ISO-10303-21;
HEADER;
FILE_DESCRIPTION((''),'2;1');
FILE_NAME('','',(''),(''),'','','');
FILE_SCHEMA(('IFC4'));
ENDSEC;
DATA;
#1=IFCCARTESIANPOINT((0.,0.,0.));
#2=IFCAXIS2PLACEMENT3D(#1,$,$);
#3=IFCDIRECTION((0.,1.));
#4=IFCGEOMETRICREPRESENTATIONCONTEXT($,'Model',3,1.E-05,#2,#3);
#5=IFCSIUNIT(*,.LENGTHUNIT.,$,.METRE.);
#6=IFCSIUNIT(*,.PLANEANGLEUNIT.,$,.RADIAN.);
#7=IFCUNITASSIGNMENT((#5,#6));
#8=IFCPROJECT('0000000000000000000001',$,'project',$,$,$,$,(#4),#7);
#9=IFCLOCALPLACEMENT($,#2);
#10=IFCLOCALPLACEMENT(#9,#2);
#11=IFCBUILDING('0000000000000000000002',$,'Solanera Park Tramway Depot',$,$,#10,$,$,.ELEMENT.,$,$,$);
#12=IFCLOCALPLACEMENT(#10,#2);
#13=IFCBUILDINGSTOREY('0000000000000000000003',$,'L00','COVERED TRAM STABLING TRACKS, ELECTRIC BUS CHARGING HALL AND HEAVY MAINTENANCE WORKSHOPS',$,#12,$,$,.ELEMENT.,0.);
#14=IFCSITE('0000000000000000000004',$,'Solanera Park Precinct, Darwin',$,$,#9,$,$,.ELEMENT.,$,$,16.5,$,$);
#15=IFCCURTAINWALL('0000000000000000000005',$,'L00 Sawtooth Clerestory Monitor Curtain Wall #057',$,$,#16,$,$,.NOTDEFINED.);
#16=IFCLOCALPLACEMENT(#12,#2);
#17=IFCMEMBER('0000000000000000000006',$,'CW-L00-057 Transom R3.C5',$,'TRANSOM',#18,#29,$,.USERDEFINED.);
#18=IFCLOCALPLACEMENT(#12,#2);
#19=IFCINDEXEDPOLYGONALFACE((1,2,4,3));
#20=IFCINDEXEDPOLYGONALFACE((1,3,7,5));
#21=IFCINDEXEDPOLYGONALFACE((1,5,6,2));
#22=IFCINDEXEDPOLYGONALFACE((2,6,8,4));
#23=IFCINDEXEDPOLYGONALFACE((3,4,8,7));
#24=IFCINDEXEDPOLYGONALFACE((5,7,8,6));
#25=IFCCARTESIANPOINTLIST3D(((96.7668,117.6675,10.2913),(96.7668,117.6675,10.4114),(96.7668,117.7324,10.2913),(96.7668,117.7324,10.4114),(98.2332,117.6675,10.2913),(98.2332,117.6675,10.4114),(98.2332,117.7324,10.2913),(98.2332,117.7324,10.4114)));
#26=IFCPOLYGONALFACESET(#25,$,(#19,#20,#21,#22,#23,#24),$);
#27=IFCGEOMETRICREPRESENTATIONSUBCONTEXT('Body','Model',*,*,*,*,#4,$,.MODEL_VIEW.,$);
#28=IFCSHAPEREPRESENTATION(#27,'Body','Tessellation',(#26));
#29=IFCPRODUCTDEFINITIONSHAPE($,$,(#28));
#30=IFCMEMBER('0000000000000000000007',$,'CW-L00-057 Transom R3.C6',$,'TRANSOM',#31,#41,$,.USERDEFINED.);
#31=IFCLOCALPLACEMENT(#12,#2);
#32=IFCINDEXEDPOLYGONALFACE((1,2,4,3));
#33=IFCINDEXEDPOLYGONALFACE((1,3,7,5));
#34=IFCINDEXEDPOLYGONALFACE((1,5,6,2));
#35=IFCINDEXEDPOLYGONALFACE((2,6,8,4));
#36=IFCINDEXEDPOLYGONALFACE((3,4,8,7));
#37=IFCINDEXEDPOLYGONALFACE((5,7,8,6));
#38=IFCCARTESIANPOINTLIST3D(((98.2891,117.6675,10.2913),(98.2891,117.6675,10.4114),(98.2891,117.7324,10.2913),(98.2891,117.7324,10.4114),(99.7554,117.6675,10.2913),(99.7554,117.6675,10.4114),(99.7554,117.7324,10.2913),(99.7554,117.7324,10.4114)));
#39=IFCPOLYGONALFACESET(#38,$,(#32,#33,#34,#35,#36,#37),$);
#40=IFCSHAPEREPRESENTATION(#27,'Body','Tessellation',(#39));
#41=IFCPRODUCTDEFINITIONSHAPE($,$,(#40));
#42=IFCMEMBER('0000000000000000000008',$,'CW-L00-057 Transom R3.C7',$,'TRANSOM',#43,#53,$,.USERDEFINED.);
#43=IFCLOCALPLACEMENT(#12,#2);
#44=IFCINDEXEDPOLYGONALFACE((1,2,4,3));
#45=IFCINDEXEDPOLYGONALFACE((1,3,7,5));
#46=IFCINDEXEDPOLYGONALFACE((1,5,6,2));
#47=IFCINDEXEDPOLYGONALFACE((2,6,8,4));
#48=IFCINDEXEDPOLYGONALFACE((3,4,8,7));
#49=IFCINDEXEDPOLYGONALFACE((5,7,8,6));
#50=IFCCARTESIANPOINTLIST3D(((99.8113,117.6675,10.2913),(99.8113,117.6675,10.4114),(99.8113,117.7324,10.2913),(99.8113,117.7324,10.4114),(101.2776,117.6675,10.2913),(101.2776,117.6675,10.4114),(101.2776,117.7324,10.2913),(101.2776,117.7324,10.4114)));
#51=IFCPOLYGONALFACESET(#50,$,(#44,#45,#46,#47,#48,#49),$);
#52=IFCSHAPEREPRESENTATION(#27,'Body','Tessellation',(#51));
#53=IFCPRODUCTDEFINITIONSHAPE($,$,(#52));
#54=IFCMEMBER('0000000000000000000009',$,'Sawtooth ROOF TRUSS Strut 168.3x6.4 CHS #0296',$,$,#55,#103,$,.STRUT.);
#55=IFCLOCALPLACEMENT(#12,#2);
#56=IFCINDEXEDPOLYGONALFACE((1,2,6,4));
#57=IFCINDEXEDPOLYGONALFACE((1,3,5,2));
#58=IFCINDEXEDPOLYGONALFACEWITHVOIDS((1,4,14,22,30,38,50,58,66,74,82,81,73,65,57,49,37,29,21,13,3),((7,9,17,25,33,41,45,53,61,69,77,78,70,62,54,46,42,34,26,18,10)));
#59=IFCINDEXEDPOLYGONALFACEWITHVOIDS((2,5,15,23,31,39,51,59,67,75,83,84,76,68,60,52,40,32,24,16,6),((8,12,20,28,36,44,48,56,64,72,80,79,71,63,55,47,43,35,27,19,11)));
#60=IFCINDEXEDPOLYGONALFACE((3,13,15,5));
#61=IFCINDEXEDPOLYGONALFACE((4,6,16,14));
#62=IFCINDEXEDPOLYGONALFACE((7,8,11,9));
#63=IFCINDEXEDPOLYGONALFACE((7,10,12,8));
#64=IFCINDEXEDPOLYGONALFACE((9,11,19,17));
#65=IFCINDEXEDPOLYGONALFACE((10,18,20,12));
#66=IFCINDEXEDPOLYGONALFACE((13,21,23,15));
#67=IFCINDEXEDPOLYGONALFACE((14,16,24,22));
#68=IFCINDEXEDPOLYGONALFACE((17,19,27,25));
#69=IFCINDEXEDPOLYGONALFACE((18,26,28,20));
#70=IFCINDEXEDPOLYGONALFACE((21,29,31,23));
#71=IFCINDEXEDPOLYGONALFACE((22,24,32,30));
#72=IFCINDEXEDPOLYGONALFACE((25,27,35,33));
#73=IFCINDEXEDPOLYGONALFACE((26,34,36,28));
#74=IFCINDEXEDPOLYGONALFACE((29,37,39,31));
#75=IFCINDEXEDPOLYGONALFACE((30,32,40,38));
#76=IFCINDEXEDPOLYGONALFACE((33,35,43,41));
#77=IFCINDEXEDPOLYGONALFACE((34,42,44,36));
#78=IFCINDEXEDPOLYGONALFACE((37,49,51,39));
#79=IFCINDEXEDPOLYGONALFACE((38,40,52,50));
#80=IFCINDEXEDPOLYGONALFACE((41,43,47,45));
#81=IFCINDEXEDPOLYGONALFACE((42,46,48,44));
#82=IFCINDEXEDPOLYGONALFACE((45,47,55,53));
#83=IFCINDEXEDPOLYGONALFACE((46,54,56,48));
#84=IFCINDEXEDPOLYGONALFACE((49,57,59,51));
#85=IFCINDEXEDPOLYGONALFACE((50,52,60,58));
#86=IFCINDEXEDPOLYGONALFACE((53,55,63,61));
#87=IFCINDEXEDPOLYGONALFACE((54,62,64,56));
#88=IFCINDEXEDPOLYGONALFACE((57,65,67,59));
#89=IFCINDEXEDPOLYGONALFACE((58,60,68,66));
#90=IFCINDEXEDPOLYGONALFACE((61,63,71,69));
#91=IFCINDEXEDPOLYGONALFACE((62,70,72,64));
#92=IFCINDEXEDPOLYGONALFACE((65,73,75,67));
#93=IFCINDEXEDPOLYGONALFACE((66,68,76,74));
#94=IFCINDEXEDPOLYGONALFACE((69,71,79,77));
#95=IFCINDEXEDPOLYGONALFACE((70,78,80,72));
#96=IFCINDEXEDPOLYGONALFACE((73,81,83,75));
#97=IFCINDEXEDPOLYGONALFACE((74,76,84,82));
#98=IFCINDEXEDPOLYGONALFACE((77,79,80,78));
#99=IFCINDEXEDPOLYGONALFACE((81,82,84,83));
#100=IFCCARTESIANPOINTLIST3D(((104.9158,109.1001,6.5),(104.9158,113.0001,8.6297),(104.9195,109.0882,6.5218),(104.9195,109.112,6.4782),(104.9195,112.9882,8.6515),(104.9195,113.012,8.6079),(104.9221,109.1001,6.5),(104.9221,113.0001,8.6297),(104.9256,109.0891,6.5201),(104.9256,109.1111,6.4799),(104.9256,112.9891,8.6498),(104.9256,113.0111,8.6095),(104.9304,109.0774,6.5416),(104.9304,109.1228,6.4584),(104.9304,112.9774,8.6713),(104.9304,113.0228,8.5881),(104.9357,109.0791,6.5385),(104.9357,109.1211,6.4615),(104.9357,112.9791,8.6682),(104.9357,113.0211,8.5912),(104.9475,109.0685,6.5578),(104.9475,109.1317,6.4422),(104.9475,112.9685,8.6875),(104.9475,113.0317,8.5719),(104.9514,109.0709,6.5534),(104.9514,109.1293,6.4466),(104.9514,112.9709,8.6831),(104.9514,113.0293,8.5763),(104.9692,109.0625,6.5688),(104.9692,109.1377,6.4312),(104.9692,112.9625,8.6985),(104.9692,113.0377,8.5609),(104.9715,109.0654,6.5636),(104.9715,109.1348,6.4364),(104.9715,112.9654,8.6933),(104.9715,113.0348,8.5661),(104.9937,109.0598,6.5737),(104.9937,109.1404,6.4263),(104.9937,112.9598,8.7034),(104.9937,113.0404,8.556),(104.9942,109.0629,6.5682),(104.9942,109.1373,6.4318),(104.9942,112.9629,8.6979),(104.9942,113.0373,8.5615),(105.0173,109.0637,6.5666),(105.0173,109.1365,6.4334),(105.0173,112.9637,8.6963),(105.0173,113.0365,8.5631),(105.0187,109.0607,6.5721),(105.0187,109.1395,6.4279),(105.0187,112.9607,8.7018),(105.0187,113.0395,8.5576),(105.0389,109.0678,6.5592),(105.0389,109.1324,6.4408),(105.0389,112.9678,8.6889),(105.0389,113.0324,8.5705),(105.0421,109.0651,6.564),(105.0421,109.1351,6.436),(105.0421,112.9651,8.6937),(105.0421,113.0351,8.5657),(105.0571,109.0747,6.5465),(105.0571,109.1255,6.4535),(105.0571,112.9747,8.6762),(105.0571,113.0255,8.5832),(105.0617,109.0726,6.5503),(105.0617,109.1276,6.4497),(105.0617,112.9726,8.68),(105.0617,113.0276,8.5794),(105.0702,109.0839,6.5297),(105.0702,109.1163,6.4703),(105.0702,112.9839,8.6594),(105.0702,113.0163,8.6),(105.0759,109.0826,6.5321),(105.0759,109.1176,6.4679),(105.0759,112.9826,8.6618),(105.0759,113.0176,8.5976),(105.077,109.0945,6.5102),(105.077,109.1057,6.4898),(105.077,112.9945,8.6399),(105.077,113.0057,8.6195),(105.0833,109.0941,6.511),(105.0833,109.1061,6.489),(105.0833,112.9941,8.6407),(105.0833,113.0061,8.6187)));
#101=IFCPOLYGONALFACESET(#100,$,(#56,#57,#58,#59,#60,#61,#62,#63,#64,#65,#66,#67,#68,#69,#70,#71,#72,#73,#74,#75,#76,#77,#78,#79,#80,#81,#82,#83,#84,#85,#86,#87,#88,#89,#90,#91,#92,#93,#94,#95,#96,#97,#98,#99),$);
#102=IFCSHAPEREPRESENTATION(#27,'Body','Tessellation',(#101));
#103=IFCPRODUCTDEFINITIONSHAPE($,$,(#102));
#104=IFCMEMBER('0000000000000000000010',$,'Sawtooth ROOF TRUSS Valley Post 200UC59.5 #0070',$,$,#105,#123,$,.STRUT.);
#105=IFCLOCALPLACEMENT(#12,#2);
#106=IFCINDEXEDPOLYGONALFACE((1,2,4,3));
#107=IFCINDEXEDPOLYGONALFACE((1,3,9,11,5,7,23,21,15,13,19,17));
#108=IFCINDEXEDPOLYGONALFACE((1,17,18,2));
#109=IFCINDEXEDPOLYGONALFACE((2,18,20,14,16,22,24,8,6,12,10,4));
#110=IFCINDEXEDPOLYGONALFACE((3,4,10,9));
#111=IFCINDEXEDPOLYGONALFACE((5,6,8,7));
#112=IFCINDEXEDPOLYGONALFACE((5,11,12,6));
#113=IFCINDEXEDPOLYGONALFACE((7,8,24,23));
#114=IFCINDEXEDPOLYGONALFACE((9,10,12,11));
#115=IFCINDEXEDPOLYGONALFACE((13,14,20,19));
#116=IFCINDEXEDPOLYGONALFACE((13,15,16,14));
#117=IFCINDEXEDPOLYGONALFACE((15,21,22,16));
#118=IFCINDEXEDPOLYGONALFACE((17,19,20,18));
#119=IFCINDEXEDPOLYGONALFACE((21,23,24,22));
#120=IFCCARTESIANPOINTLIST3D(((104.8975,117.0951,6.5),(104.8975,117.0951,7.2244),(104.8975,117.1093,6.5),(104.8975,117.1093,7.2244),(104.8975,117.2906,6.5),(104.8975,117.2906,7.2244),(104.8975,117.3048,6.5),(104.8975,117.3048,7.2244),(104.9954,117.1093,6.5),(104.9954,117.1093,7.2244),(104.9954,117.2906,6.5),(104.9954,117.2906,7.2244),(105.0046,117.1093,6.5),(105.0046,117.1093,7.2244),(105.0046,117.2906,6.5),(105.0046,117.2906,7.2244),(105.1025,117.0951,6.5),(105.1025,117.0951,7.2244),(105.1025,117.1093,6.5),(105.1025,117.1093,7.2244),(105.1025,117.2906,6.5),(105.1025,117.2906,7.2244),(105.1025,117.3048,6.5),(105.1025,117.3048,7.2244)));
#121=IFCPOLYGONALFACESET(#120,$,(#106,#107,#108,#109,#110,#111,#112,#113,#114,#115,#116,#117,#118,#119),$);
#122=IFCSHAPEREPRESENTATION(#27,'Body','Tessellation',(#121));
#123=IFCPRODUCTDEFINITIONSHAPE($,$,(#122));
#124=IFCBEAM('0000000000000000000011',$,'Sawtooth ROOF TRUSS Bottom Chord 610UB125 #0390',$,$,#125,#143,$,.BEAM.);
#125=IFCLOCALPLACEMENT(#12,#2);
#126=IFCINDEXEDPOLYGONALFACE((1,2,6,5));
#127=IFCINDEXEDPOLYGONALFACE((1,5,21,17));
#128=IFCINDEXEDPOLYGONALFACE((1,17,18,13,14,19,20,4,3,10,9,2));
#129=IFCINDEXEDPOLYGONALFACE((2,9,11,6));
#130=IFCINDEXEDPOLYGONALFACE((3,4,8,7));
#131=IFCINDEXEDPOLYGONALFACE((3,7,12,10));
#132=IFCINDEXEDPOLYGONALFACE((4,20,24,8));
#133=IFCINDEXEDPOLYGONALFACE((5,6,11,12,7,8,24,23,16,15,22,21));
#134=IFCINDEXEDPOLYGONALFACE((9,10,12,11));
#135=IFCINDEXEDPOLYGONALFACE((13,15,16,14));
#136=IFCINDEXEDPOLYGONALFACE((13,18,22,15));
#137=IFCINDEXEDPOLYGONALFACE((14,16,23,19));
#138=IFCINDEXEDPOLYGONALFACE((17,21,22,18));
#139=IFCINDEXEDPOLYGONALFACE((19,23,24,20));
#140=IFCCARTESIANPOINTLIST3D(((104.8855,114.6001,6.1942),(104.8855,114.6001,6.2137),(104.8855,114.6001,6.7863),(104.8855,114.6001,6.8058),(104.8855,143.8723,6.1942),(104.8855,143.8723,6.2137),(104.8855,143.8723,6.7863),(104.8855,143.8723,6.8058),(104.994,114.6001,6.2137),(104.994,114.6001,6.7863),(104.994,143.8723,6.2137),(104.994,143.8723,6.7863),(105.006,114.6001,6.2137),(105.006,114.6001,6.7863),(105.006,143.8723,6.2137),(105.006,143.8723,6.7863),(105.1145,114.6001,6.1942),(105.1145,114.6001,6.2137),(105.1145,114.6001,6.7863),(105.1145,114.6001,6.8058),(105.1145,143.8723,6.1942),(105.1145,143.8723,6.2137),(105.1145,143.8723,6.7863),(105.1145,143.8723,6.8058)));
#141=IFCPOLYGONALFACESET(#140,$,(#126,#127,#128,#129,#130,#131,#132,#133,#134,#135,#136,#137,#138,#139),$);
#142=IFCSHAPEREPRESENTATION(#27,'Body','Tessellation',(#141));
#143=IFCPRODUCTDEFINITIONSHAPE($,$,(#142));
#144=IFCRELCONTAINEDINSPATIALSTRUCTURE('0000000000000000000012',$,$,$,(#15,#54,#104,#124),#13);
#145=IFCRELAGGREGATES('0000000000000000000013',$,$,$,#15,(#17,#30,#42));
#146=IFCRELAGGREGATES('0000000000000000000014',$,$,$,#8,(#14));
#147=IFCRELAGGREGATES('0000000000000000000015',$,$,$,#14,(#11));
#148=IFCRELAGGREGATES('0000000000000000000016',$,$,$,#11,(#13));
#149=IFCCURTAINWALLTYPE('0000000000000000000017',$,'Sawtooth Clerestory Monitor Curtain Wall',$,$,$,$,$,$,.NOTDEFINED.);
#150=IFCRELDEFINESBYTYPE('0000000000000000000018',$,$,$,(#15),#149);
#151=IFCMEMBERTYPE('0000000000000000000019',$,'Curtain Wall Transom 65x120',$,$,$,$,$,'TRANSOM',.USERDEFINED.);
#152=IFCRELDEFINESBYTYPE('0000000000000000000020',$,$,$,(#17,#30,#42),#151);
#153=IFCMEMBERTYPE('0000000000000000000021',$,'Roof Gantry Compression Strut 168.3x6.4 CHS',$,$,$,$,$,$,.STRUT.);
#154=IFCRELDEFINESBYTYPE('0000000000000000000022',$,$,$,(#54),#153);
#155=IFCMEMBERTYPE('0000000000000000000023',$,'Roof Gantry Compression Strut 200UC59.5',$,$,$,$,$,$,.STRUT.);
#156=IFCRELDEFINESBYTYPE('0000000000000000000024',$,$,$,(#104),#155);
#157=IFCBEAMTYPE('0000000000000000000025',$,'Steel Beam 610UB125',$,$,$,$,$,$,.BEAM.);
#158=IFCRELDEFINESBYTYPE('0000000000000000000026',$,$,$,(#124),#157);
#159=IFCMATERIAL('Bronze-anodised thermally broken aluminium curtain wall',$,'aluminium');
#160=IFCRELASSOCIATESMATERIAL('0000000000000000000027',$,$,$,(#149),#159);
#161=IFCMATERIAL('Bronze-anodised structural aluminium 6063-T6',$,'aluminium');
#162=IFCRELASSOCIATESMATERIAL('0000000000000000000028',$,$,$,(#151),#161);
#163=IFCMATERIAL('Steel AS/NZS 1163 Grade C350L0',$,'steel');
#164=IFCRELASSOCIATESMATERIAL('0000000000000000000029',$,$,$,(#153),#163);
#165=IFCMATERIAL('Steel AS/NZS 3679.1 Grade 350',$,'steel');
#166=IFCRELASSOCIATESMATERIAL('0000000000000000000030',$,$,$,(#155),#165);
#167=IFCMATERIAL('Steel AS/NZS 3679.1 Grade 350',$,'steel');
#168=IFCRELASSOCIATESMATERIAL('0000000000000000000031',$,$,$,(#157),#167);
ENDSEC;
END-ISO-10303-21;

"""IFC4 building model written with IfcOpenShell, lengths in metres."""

from ifc_helpers import new_model, si_unit, direction, frame, origin, origin_2d, place, context, subcontext, project, spatial, rectangle, hollow_circle, i_section, extrude, material, material_profile, profile_set, type_object, element, aggregate, save


model = new_model("IFC4")

# Units and contexts
model_context = context("Model", 3, precision=1e-05, world=origin(), true_north=direction((0.0, 1.0)))
body_context = subcontext(model_context, "Body", "Model", "MODEL_VIEW")
ifc_project = project(units=[si_unit("LENGTHUNIT", "METRE"), si_unit("PLANEANGLEUNIT", "RADIAN")], contexts=[model_context])

# Site, building, storey
site_placement = place(None, origin())
site = spatial("IfcSite", under=ifc_project, at=site_placement, Name="Solanera Park Precinct, Darwin", CompositionType="ELEMENT", RefElevation=16.5)
building_placement = place(site_placement, origin())
building = spatial("IfcBuilding", under=site, at=building_placement, Name="Solanera Park Tramway Depot", CompositionType="ELEMENT")
storey_placement = place(building_placement, origin())
storey = spatial("IfcBuildingStorey", under=building, at=storey_placement, Name="L00", Description="COVERED TRAM STABLING TRACKS, ELECTRIC BUS CHARGING HALL AND HEAVY MAINTENANCE WORKSHOPS", CompositionType="ELEMENT", Elevation=0.0)

# Curtain wall, members
ifc_material_1 = material(Name="Bronze-anodised thermally broken aluminium curtain wall", Category="aluminium")
curtain_wall_type = type_object("IfcCurtainWallType", Name="Sawtooth Clerestory Monitor Curtain Wall", PredefinedType="NOTDEFINED", material=ifc_material_1)
curtain_wall_placement = place(storey_placement, origin())
curtain_wall = element("IfcCurtainWall", 1, at=curtain_wall_placement, inside=storey, type_object=curtain_wall_type, Name="L00 Sawtooth Clerestory Monitor Curtain Wall #057", PredefinedType="NOTDEFINED")
ifc_material_2 = material(Name="Bronze-anodised structural aluminium 6063-T6", Category="aluminium")
ifc_material_profile_1 = material_profile(ifc_material_2, rectangle(XDim=0.0649, YDim=0.1201, at=origin_2d()), Name="Curtain Wall Transom 65x120")
ifc_profile_set_1 = profile_set([ifc_material_profile_1], Name="Bronze-anodised structural aluminium 6063-T6")
member_type_1 = type_object("IfcMemberType", Name="Curtain Wall Transom 65x120", ElementType="TRANSOM", PredefinedType="USERDEFINED", material=ifc_profile_set_1)
member_1_placement = place(storey_placement, frame((96.7668, 117.7, 10.3513), z_axis=(1.0, 0.0, 0.0), x_axis=(0.0, 1.0, 0.0)))
member_1 = element("IfcMember", 2, at=member_1_placement, type_object=member_type_1, Name="CW-L00-057 Transom R3.C5", ObjectType="TRANSOM", PredefinedType="USERDEFINED", context=body_context, shape_type="SweptSolid", body=[
    extrude(rectangle(XDim=0.0649, YDim=0.1201, at=origin_2d()), origin(), (0.0, 0.0, 1.0), 1.4663),
])
member_2_placement = place(storey_placement, frame((98.2891, 117.7, 10.3513), z_axis=(1.0, 0.0, 0.0), x_axis=(0.0, 1.0, 0.0)))
member_2 = element("IfcMember", 3, at=member_2_placement, type_object=member_type_1, Name="CW-L00-057 Transom R3.C6", ObjectType="TRANSOM", PredefinedType="USERDEFINED", context=body_context, shape_type="SweptSolid", body=[
    extrude(rectangle(XDim=0.0649, YDim=0.1201, at=origin_2d()), origin(), (0.0, 0.0, 1.0), 1.4663),
])
member_3_placement = place(storey_placement, frame((99.8113, 117.7, 10.3513), z_axis=(1.0, 0.0, 0.0), x_axis=(0.0, 1.0, 0.0)))
member_3 = element("IfcMember", 4, at=member_3_placement, type_object=member_type_1, Name="CW-L00-057 Transom R3.C7", ObjectType="TRANSOM", PredefinedType="USERDEFINED", context=body_context, shape_type="SweptSolid", body=[
    extrude(rectangle(XDim=0.0649, YDim=0.1201, at=origin_2d()), origin(), (0.0, 0.0, 1.0), 1.4663),
])

# Members
ifc_material_3 = material(Name="Steel AS/NZS 1163 Grade C350L0", Category="steel")
ifc_material_profile_2 = material_profile(ifc_material_3, hollow_circle(Radius=0.0842, WallThickness=0.0063, at=origin_2d()), Name="168.3x6.4 CHS")
ifc_profile_set_2 = profile_set([ifc_material_profile_2], Name="Steel AS/NZS 1163 Grade C350L0")
member_type_2 = type_object("IfcMemberType", Name="Roof Gantry Compression Strut 168.3x6.4 CHS", PredefinedType="STRUT", material=ifc_profile_set_2)
member_4_placement = place(storey_placement, frame((105.0, 109.1001, 6.5), z_axis=(0.0, 0.877667, 0.479272), x_axis=(-1.0, 0.0, 0.0)))
element("IfcMember", 5, at=member_4_placement, inside=storey, type_object=member_type_2, Name="Sawtooth ROOF TRUSS Strut 168.3x6.4 CHS #0296", PredefinedType="STRUT", context=body_context, shape_type="SweptSolid", body=[
    extrude(hollow_circle(Radius=0.0842, WallThickness=0.0063, at=origin_2d()), origin(), (0.0, 0.0, 1.0), 4.4436),
])
ifc_material_4 = material(Name="Steel AS/NZS 3679.1 Grade 350", Category="steel")
ifc_material_profile_3 = material_profile(ifc_material_4, i_section(OverallWidth=0.2051, OverallDepth=0.2097, WebThickness=0.0093, FlangeThickness=0.0142, at=origin_2d()), Name="200UC59.5")
ifc_profile_set_3 = profile_set([ifc_material_profile_3], Name="Steel AS/NZS 3679.1 Grade 350")
member_type_3 = type_object("IfcMemberType", Name="Roof Gantry Compression Strut 200UC59.5", PredefinedType="STRUT", material=ifc_profile_set_3)
member_5_placement = place(storey_placement, frame((105.0, 117.2, 6.5), z_axis=(0.0, 0.0, 1.0), x_axis=(1.0, 0.0, 0.0)))
element("IfcMember", 6, at=member_5_placement, inside=storey, type_object=member_type_3, Name="Sawtooth ROOF TRUSS Valley Post 200UC59.5 #0070", PredefinedType="STRUT", context=body_context, shape_type="SweptSolid", body=[
    extrude(i_section(OverallWidth=0.2051, OverallDepth=0.2097, WebThickness=0.0093, FlangeThickness=0.0142, at=origin_2d()), origin(), (0.0, 0.0, 1.0), 0.7244),
])

# Beam
ifc_material_5 = material(Name="Steel AS/NZS 3679.1 Grade 350", Category="steel")
ifc_material_profile_4 = material_profile(ifc_material_5, i_section(OverallWidth=0.229, OverallDepth=0.6116, WebThickness=0.012, FlangeThickness=0.0195, at=origin_2d()), Name="610UB125")
ifc_profile_set_4 = profile_set([ifc_material_profile_4], Name="Steel AS/NZS 3679.1 Grade 350")
beam_type = type_object("IfcBeamType", Name="Steel Beam 610UB125", PredefinedType="BEAM", material=ifc_profile_set_4)
beam_placement = place(storey_placement, frame((105.0, 114.6001, 6.5), z_axis=(0.0, 1.0, 0.0), x_axis=(-1.0, 0.0, 0.0)))
element("IfcBeam", 7, at=beam_placement, inside=storey, type_object=beam_type, Name="Sawtooth ROOF TRUSS Bottom Chord 610UB125 #0390", PredefinedType="BEAM", context=body_context, shape_type="SweptSolid", body=[
    extrude(i_section(OverallWidth=0.229, OverallDepth=0.6116, WebThickness=0.012, FlangeThickness=0.0195, at=origin_2d()), origin(), (0.0, 0.0, 1.0), 29.2722),
])

aggregate(curtain_wall, [member_1, member_2, member_3])

save(model, "model.ifc")
